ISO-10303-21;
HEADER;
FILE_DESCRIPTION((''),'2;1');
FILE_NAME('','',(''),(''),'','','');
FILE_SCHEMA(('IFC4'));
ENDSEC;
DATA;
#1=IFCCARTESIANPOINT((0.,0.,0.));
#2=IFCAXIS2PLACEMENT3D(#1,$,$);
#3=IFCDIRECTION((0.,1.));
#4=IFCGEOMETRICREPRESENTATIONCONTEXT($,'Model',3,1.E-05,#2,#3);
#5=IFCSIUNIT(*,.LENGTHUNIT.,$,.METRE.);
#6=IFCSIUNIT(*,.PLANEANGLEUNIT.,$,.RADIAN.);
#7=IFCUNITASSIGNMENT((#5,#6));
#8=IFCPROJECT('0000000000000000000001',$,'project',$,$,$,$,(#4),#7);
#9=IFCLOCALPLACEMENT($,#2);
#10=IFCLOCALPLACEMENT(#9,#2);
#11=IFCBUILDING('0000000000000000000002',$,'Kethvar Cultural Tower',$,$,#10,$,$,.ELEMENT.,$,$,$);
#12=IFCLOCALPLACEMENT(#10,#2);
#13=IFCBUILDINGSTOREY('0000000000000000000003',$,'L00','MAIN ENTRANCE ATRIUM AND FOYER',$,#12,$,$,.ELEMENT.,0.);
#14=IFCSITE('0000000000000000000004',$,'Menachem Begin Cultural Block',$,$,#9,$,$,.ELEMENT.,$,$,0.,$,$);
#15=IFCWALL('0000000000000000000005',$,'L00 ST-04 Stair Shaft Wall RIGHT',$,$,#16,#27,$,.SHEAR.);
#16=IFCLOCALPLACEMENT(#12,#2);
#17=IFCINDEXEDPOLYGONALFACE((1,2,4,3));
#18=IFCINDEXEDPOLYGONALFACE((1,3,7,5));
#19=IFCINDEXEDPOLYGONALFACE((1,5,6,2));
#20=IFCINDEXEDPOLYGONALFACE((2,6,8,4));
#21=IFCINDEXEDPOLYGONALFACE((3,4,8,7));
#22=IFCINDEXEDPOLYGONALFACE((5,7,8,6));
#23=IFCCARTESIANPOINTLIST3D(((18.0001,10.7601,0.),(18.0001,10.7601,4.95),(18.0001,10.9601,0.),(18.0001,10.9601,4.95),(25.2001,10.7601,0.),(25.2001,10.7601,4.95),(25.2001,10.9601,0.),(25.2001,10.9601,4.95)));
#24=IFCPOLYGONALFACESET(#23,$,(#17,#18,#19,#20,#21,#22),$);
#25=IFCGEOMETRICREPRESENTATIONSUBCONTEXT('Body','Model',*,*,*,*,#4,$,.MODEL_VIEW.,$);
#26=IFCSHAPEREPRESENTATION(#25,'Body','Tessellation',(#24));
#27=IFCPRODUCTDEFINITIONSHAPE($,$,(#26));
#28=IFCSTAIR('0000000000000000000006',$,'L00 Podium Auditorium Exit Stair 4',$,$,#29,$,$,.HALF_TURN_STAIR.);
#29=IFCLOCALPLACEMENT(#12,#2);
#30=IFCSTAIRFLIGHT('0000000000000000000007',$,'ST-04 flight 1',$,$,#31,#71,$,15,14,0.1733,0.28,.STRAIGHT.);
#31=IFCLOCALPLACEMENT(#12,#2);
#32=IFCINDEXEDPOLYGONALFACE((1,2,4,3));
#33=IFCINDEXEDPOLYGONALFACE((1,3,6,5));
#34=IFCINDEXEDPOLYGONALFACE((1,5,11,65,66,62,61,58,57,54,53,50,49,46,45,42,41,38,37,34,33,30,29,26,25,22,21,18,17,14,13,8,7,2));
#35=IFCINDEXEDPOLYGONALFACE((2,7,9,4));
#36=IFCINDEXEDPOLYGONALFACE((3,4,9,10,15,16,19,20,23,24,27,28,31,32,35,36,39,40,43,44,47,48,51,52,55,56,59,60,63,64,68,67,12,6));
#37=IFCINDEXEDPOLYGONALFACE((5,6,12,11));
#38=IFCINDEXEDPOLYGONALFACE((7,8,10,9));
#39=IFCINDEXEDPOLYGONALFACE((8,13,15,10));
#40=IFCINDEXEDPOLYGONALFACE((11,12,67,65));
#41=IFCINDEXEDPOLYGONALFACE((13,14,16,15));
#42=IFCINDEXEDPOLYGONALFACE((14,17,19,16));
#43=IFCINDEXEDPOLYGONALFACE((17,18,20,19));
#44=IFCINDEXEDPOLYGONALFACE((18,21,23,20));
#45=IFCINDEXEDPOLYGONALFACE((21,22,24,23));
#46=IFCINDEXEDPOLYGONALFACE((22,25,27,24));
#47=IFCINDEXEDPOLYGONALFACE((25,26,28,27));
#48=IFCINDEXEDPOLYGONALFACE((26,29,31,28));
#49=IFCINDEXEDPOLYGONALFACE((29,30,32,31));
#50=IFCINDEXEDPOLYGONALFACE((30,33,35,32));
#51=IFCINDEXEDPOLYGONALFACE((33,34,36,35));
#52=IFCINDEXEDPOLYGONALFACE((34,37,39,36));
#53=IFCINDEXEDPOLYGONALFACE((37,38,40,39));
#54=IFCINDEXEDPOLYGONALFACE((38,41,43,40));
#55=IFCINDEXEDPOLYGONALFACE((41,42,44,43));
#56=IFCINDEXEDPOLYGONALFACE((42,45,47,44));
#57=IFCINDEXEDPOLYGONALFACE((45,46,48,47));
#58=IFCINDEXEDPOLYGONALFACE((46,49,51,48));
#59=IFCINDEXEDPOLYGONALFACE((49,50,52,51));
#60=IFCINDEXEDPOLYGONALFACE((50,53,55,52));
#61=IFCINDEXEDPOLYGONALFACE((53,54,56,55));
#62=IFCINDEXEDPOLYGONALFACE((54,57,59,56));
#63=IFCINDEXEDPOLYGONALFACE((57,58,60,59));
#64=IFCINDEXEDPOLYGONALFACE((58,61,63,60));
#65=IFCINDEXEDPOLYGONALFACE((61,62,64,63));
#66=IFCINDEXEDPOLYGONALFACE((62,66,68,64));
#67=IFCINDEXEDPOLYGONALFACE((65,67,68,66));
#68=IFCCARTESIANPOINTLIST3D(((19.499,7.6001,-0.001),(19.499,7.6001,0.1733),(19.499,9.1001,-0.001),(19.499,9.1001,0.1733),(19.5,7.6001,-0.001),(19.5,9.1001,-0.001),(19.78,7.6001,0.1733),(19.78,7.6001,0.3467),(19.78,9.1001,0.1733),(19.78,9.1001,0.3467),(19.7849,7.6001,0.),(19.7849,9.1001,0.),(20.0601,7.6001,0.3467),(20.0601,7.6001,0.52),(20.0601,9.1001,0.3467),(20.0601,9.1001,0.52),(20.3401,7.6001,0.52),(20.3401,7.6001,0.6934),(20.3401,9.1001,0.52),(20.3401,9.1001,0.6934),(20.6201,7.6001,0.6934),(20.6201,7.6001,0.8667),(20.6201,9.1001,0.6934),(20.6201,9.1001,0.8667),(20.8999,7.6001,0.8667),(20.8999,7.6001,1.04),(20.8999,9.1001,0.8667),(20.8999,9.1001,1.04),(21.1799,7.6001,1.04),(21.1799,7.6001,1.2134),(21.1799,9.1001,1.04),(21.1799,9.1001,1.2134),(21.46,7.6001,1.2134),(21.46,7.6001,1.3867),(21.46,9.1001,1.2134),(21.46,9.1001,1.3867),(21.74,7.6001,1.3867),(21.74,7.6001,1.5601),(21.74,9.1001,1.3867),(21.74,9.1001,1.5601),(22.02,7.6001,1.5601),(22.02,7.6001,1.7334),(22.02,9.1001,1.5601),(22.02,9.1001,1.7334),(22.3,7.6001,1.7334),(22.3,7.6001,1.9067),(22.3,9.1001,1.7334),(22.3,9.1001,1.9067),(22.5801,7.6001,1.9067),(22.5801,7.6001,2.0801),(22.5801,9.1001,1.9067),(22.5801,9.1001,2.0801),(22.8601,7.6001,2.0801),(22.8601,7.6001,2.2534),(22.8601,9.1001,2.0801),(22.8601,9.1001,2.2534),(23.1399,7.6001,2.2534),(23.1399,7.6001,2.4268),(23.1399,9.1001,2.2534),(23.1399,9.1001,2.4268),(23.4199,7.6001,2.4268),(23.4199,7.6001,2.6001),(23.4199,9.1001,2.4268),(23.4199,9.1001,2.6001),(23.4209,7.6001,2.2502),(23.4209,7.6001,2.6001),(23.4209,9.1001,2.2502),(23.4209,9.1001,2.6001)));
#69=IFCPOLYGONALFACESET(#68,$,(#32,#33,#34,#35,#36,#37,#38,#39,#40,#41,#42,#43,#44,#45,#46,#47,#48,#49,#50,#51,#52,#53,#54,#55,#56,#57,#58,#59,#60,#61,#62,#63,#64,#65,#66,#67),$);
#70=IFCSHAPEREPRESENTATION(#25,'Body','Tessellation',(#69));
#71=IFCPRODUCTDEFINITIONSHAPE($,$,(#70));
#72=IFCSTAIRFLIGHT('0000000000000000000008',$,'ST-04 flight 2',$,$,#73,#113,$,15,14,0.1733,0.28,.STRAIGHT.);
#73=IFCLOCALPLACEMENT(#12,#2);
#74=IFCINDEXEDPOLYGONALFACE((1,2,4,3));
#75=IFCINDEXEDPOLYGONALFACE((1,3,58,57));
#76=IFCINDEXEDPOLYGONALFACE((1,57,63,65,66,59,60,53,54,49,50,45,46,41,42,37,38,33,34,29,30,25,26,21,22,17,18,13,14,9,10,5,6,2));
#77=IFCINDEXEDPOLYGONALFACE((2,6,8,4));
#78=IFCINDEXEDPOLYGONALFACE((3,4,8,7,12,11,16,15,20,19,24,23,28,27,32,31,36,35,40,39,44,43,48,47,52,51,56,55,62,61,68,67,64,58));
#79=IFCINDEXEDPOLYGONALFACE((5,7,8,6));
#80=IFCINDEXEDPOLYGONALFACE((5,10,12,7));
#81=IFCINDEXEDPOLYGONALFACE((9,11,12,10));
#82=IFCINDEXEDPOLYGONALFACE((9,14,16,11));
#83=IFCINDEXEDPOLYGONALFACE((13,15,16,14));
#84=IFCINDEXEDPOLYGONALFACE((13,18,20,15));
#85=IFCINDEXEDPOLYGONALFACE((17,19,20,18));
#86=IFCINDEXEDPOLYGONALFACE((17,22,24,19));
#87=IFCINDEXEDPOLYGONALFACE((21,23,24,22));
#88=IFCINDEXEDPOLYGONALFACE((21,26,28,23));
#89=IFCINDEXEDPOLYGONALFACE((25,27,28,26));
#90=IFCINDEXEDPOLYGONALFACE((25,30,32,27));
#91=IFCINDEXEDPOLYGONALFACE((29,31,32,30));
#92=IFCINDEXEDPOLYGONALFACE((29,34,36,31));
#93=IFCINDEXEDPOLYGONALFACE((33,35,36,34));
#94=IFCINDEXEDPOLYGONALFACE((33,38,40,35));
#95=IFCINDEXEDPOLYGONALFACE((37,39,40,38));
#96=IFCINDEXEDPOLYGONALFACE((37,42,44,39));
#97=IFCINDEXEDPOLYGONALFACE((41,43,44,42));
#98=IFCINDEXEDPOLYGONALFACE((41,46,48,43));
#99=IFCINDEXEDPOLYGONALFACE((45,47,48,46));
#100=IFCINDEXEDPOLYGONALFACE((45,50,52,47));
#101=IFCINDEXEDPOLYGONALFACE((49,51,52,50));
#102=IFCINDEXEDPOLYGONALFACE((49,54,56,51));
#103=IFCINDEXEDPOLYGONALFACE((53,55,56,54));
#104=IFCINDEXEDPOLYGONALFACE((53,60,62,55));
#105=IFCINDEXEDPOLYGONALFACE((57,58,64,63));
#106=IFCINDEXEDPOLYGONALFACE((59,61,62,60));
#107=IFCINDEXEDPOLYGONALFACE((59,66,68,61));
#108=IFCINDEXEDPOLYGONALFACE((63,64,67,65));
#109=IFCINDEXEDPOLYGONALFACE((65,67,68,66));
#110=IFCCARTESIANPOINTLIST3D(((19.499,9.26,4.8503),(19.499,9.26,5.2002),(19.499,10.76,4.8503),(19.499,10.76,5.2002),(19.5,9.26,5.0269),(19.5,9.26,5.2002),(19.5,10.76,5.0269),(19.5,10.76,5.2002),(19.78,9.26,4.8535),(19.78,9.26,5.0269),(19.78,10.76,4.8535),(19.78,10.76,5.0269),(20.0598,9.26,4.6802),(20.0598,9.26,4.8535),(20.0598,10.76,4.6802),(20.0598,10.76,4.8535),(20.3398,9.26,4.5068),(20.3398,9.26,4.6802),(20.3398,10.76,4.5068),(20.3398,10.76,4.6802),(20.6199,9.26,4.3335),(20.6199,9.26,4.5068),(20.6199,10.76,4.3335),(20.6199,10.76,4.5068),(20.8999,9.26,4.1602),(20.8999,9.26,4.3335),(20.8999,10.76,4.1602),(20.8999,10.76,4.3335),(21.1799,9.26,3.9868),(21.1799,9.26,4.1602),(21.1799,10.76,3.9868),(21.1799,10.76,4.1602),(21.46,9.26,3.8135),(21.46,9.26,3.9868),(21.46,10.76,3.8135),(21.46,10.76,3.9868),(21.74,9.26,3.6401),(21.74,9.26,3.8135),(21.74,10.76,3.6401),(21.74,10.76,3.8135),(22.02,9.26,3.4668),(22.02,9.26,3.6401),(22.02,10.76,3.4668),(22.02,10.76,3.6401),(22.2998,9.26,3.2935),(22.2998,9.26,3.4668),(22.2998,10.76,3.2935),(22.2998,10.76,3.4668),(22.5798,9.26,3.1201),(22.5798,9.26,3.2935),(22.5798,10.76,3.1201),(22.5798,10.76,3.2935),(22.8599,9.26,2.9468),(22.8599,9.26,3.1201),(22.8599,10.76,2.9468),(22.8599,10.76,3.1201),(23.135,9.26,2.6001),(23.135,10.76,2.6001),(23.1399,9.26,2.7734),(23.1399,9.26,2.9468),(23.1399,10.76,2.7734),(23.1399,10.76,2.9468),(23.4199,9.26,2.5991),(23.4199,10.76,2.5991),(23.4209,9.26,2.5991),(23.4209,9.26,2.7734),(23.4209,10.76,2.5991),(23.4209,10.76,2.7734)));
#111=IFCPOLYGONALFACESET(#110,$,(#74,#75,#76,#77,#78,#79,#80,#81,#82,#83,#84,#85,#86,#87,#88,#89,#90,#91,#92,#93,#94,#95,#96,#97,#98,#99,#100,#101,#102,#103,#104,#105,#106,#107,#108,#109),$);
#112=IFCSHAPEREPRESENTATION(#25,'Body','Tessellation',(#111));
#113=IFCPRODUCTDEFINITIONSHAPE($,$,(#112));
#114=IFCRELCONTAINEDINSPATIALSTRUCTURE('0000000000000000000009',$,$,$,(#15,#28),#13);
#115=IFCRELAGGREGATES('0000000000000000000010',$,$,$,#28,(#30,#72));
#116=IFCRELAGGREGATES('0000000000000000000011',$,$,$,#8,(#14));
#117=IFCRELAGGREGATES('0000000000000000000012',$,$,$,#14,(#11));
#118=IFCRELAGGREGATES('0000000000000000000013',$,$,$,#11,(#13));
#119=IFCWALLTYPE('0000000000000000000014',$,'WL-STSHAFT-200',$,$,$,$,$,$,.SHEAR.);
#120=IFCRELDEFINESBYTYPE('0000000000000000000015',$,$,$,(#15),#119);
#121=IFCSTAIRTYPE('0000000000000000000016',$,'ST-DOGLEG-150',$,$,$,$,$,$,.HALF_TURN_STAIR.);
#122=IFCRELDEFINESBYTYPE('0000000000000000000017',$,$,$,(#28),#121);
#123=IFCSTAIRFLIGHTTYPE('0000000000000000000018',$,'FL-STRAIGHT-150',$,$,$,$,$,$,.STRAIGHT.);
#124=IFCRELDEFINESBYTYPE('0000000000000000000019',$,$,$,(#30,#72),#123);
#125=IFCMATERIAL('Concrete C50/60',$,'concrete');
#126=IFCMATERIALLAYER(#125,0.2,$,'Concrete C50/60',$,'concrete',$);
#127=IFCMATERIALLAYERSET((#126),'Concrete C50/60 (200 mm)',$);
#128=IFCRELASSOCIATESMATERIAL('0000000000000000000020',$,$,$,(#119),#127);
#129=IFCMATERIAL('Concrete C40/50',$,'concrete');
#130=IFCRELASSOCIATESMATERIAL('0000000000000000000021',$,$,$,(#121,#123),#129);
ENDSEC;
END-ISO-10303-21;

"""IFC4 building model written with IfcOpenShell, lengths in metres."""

from ifc_helpers import new_model, si_unit, direction, frame, frame_2d, origin, place, context, subcontext, project, spatial, polyline, rectangle, outline, extrude, material, layer, layer_set, type_object, element, aggregate, save


model = new_model("IFC4")

# Units and contexts
model_context = context("Model", 3, precision=1e-05, world=origin(), true_north=direction((0.0, 1.0)))
body_context = subcontext(model_context, "Body", "Model", "MODEL_VIEW")
ifc_project = project(units=[si_unit("LENGTHUNIT", "METRE"), si_unit("PLANEANGLEUNIT", "RADIAN")], contexts=[model_context])

# Site, building, storey
site_placement = place(None, origin())
site = spatial("IfcSite", under=ifc_project, at=site_placement, Name="Menachem Begin Cultural Block", CompositionType="ELEMENT", RefElevation=0.0)
building_placement = place(site_placement, origin())
building = spatial("IfcBuilding", under=site, at=building_placement, Name="Kethvar Cultural Tower", CompositionType="ELEMENT")
storey_placement = place(building_placement, origin())
storey = spatial("IfcBuildingStorey", under=building, at=storey_placement, Name="L00", Description="MAIN ENTRANCE ATRIUM AND FOYER", CompositionType="ELEMENT", Elevation=0.0)

# Shared definitions
ifc_material_1 = material(Name="Concrete C40/50", Category="concrete")

# Wall
ifc_material_2 = material(Name="Concrete C50/60", Category="concrete")
ifc_layer_1 = layer(ifc_material_2, 0.2, Name="Concrete C50/60", Category="concrete")
ifc_layer_set_1 = layer_set([ifc_layer_1], Name="Concrete C50/60 (200 mm)")
wall_type_1 = type_object("IfcWallType", Name="WL-STSHAFT-200", PredefinedType="SHEAR", material=ifc_layer_set_1)
for number, where, z_axis, x_axis, name in (
    (1, (18.0, 10.8601, 0.0), (0.0, 0.0, 1.0), (1.0, 0.0, 0.0), "L00 ST-04 Stair Shaft Wall RIGHT"),
):
    element("IfcWall", number, at=place(storey_placement, frame(where, z_axis=z_axis, x_axis=x_axis)), inside=storey, type_object=wall_type_1, Name=name, PredefinedType="SHEAR", context=body_context, shape_type="SweptSolid", body=[
        extrude(rectangle(XDim=7.2, YDim=0.2, at=frame_2d((3.6001, 0.0))), origin(), (0.0, 0.0, 1.0), 4.95),
    ])

# Stair, stair flights
stair_type = type_object("IfcStairType", Name="ST-DOGLEG-150", PredefinedType="HALF_TURN_STAIR", material=ifc_material_1)
stair_placement = place(storey_placement, origin())
stair = element("IfcStair", 2, at=stair_placement, inside=storey, type_object=stair_type, Name="L00 Podium Auditorium Exit Stair 4", PredefinedType="HALF_TURN_STAIR")
stair_flight_type = type_object("IfcStairFlightType", Name="FL-STRAIGHT-150", PredefinedType="STRAIGHT", material=ifc_material_1)
stair_flight_1_placement = place(storey_placement, frame((19.5, 8.3501, 0.0), z_axis=(0.0, 0.0, 1.0), x_axis=(1.0, 0.0, 0.0)))
stair_flight_1 = element("IfcStairFlight", 3, at=stair_flight_1_placement, type_object=stair_flight_type, Name="ST-04 flight 1", NumberOfRisers=15, NumberOfTreads=14, PredefinedType="STRAIGHT", RiserHeight=0.1733, TreadLength=0.28, context=body_context, shape_type="SweptSolid", body=[
    extrude(outline(polyline([(-0.001, -0.001), (-0.001, 0.1733), (0.28, 0.1733), (0.28, 0.3467), (0.5601, 0.3467), (0.5601, 0.52), (0.8401, 0.52), (0.8401, 0.6934), (1.1201, 0.6934), (1.1201, 0.8667), (1.3999, 0.8667), (1.3999, 1.04), (1.6799, 1.04), (1.6799, 1.2134), (1.96, 1.2134), (1.96, 1.3867), (2.24, 1.3867), (2.24, 1.5601), (2.52, 1.5601), (2.52, 1.7334), (2.8, 1.7334), (2.8, 1.9067), (3.0801, 1.9067), (3.0801, 2.0801), (3.3601, 2.0801), (3.3601, 2.2534), (3.6399, 2.2534), (3.6399, 2.4268), (3.9199, 2.4268), (3.9199, 2.6001), (3.9209, 2.6001), (3.9209, 2.2502), (0.2849, 0.0), (0.0, -0.001), (-0.001, -0.001)])), frame((0.0, 0.75, 0.0), z_axis=(0.0, -1.0, 0.0), x_axis=(1.0, 0.0, 0.0)), (0.0, 0.0, 1.0), 1.5),
])
stair_flight_2_placement = place(storey_placement, frame((23.4199, 10.01, 2.6001), z_axis=(0.0, 0.0, 1.0), x_axis=(-1.0, 0.0, 0.0)))
stair_flight_2 = element("IfcStairFlight", 4, at=stair_flight_2_placement, type_object=stair_flight_type, Name="ST-04 flight 2", NumberOfRisers=15, NumberOfTreads=14, PredefinedType="STRAIGHT", RiserHeight=0.1733, TreadLength=0.28, context=body_context, shape_type="SweptSolid", body=[
    extrude(outline(polyline([(-0.001, -0.001), (-0.001, 0.1733), (0.28, 0.1733), (0.28, 0.3467), (0.5601, 0.3467), (0.5601, 0.52), (0.8401, 0.52), (0.8401, 0.6934), (1.1201, 0.6934), (1.1201, 0.8667), (1.3999, 0.8667), (1.3999, 1.04), (1.6799, 1.04), (1.6799, 1.2134), (1.96, 1.2134), (1.96, 1.3867), (2.24, 1.3867), (2.24, 1.5601), (2.52, 1.5601), (2.52, 1.7334), (2.8, 1.7334), (2.8, 1.9067), (3.0801, 1.9067), (3.0801, 2.0801), (3.3601, 2.0801), (3.3601, 2.2534), (3.6399, 2.2534), (3.6399, 2.4268), (3.9199, 2.4268), (3.9199, 2.6001), (3.9209, 2.6001), (3.9209, 2.2502), (0.2849, 0.0), (0.0, -0.001), (-0.001, -0.001)])), frame((0.0, 0.75, 0.0), z_axis=(0.0, -1.0, 0.0), x_axis=(1.0, 0.0, 0.0)), (0.0, 0.0, 1.0), 1.5),
])
aggregate(stair, [stair_flight_1, stair_flight_2])

save(model, "model.ifc")
